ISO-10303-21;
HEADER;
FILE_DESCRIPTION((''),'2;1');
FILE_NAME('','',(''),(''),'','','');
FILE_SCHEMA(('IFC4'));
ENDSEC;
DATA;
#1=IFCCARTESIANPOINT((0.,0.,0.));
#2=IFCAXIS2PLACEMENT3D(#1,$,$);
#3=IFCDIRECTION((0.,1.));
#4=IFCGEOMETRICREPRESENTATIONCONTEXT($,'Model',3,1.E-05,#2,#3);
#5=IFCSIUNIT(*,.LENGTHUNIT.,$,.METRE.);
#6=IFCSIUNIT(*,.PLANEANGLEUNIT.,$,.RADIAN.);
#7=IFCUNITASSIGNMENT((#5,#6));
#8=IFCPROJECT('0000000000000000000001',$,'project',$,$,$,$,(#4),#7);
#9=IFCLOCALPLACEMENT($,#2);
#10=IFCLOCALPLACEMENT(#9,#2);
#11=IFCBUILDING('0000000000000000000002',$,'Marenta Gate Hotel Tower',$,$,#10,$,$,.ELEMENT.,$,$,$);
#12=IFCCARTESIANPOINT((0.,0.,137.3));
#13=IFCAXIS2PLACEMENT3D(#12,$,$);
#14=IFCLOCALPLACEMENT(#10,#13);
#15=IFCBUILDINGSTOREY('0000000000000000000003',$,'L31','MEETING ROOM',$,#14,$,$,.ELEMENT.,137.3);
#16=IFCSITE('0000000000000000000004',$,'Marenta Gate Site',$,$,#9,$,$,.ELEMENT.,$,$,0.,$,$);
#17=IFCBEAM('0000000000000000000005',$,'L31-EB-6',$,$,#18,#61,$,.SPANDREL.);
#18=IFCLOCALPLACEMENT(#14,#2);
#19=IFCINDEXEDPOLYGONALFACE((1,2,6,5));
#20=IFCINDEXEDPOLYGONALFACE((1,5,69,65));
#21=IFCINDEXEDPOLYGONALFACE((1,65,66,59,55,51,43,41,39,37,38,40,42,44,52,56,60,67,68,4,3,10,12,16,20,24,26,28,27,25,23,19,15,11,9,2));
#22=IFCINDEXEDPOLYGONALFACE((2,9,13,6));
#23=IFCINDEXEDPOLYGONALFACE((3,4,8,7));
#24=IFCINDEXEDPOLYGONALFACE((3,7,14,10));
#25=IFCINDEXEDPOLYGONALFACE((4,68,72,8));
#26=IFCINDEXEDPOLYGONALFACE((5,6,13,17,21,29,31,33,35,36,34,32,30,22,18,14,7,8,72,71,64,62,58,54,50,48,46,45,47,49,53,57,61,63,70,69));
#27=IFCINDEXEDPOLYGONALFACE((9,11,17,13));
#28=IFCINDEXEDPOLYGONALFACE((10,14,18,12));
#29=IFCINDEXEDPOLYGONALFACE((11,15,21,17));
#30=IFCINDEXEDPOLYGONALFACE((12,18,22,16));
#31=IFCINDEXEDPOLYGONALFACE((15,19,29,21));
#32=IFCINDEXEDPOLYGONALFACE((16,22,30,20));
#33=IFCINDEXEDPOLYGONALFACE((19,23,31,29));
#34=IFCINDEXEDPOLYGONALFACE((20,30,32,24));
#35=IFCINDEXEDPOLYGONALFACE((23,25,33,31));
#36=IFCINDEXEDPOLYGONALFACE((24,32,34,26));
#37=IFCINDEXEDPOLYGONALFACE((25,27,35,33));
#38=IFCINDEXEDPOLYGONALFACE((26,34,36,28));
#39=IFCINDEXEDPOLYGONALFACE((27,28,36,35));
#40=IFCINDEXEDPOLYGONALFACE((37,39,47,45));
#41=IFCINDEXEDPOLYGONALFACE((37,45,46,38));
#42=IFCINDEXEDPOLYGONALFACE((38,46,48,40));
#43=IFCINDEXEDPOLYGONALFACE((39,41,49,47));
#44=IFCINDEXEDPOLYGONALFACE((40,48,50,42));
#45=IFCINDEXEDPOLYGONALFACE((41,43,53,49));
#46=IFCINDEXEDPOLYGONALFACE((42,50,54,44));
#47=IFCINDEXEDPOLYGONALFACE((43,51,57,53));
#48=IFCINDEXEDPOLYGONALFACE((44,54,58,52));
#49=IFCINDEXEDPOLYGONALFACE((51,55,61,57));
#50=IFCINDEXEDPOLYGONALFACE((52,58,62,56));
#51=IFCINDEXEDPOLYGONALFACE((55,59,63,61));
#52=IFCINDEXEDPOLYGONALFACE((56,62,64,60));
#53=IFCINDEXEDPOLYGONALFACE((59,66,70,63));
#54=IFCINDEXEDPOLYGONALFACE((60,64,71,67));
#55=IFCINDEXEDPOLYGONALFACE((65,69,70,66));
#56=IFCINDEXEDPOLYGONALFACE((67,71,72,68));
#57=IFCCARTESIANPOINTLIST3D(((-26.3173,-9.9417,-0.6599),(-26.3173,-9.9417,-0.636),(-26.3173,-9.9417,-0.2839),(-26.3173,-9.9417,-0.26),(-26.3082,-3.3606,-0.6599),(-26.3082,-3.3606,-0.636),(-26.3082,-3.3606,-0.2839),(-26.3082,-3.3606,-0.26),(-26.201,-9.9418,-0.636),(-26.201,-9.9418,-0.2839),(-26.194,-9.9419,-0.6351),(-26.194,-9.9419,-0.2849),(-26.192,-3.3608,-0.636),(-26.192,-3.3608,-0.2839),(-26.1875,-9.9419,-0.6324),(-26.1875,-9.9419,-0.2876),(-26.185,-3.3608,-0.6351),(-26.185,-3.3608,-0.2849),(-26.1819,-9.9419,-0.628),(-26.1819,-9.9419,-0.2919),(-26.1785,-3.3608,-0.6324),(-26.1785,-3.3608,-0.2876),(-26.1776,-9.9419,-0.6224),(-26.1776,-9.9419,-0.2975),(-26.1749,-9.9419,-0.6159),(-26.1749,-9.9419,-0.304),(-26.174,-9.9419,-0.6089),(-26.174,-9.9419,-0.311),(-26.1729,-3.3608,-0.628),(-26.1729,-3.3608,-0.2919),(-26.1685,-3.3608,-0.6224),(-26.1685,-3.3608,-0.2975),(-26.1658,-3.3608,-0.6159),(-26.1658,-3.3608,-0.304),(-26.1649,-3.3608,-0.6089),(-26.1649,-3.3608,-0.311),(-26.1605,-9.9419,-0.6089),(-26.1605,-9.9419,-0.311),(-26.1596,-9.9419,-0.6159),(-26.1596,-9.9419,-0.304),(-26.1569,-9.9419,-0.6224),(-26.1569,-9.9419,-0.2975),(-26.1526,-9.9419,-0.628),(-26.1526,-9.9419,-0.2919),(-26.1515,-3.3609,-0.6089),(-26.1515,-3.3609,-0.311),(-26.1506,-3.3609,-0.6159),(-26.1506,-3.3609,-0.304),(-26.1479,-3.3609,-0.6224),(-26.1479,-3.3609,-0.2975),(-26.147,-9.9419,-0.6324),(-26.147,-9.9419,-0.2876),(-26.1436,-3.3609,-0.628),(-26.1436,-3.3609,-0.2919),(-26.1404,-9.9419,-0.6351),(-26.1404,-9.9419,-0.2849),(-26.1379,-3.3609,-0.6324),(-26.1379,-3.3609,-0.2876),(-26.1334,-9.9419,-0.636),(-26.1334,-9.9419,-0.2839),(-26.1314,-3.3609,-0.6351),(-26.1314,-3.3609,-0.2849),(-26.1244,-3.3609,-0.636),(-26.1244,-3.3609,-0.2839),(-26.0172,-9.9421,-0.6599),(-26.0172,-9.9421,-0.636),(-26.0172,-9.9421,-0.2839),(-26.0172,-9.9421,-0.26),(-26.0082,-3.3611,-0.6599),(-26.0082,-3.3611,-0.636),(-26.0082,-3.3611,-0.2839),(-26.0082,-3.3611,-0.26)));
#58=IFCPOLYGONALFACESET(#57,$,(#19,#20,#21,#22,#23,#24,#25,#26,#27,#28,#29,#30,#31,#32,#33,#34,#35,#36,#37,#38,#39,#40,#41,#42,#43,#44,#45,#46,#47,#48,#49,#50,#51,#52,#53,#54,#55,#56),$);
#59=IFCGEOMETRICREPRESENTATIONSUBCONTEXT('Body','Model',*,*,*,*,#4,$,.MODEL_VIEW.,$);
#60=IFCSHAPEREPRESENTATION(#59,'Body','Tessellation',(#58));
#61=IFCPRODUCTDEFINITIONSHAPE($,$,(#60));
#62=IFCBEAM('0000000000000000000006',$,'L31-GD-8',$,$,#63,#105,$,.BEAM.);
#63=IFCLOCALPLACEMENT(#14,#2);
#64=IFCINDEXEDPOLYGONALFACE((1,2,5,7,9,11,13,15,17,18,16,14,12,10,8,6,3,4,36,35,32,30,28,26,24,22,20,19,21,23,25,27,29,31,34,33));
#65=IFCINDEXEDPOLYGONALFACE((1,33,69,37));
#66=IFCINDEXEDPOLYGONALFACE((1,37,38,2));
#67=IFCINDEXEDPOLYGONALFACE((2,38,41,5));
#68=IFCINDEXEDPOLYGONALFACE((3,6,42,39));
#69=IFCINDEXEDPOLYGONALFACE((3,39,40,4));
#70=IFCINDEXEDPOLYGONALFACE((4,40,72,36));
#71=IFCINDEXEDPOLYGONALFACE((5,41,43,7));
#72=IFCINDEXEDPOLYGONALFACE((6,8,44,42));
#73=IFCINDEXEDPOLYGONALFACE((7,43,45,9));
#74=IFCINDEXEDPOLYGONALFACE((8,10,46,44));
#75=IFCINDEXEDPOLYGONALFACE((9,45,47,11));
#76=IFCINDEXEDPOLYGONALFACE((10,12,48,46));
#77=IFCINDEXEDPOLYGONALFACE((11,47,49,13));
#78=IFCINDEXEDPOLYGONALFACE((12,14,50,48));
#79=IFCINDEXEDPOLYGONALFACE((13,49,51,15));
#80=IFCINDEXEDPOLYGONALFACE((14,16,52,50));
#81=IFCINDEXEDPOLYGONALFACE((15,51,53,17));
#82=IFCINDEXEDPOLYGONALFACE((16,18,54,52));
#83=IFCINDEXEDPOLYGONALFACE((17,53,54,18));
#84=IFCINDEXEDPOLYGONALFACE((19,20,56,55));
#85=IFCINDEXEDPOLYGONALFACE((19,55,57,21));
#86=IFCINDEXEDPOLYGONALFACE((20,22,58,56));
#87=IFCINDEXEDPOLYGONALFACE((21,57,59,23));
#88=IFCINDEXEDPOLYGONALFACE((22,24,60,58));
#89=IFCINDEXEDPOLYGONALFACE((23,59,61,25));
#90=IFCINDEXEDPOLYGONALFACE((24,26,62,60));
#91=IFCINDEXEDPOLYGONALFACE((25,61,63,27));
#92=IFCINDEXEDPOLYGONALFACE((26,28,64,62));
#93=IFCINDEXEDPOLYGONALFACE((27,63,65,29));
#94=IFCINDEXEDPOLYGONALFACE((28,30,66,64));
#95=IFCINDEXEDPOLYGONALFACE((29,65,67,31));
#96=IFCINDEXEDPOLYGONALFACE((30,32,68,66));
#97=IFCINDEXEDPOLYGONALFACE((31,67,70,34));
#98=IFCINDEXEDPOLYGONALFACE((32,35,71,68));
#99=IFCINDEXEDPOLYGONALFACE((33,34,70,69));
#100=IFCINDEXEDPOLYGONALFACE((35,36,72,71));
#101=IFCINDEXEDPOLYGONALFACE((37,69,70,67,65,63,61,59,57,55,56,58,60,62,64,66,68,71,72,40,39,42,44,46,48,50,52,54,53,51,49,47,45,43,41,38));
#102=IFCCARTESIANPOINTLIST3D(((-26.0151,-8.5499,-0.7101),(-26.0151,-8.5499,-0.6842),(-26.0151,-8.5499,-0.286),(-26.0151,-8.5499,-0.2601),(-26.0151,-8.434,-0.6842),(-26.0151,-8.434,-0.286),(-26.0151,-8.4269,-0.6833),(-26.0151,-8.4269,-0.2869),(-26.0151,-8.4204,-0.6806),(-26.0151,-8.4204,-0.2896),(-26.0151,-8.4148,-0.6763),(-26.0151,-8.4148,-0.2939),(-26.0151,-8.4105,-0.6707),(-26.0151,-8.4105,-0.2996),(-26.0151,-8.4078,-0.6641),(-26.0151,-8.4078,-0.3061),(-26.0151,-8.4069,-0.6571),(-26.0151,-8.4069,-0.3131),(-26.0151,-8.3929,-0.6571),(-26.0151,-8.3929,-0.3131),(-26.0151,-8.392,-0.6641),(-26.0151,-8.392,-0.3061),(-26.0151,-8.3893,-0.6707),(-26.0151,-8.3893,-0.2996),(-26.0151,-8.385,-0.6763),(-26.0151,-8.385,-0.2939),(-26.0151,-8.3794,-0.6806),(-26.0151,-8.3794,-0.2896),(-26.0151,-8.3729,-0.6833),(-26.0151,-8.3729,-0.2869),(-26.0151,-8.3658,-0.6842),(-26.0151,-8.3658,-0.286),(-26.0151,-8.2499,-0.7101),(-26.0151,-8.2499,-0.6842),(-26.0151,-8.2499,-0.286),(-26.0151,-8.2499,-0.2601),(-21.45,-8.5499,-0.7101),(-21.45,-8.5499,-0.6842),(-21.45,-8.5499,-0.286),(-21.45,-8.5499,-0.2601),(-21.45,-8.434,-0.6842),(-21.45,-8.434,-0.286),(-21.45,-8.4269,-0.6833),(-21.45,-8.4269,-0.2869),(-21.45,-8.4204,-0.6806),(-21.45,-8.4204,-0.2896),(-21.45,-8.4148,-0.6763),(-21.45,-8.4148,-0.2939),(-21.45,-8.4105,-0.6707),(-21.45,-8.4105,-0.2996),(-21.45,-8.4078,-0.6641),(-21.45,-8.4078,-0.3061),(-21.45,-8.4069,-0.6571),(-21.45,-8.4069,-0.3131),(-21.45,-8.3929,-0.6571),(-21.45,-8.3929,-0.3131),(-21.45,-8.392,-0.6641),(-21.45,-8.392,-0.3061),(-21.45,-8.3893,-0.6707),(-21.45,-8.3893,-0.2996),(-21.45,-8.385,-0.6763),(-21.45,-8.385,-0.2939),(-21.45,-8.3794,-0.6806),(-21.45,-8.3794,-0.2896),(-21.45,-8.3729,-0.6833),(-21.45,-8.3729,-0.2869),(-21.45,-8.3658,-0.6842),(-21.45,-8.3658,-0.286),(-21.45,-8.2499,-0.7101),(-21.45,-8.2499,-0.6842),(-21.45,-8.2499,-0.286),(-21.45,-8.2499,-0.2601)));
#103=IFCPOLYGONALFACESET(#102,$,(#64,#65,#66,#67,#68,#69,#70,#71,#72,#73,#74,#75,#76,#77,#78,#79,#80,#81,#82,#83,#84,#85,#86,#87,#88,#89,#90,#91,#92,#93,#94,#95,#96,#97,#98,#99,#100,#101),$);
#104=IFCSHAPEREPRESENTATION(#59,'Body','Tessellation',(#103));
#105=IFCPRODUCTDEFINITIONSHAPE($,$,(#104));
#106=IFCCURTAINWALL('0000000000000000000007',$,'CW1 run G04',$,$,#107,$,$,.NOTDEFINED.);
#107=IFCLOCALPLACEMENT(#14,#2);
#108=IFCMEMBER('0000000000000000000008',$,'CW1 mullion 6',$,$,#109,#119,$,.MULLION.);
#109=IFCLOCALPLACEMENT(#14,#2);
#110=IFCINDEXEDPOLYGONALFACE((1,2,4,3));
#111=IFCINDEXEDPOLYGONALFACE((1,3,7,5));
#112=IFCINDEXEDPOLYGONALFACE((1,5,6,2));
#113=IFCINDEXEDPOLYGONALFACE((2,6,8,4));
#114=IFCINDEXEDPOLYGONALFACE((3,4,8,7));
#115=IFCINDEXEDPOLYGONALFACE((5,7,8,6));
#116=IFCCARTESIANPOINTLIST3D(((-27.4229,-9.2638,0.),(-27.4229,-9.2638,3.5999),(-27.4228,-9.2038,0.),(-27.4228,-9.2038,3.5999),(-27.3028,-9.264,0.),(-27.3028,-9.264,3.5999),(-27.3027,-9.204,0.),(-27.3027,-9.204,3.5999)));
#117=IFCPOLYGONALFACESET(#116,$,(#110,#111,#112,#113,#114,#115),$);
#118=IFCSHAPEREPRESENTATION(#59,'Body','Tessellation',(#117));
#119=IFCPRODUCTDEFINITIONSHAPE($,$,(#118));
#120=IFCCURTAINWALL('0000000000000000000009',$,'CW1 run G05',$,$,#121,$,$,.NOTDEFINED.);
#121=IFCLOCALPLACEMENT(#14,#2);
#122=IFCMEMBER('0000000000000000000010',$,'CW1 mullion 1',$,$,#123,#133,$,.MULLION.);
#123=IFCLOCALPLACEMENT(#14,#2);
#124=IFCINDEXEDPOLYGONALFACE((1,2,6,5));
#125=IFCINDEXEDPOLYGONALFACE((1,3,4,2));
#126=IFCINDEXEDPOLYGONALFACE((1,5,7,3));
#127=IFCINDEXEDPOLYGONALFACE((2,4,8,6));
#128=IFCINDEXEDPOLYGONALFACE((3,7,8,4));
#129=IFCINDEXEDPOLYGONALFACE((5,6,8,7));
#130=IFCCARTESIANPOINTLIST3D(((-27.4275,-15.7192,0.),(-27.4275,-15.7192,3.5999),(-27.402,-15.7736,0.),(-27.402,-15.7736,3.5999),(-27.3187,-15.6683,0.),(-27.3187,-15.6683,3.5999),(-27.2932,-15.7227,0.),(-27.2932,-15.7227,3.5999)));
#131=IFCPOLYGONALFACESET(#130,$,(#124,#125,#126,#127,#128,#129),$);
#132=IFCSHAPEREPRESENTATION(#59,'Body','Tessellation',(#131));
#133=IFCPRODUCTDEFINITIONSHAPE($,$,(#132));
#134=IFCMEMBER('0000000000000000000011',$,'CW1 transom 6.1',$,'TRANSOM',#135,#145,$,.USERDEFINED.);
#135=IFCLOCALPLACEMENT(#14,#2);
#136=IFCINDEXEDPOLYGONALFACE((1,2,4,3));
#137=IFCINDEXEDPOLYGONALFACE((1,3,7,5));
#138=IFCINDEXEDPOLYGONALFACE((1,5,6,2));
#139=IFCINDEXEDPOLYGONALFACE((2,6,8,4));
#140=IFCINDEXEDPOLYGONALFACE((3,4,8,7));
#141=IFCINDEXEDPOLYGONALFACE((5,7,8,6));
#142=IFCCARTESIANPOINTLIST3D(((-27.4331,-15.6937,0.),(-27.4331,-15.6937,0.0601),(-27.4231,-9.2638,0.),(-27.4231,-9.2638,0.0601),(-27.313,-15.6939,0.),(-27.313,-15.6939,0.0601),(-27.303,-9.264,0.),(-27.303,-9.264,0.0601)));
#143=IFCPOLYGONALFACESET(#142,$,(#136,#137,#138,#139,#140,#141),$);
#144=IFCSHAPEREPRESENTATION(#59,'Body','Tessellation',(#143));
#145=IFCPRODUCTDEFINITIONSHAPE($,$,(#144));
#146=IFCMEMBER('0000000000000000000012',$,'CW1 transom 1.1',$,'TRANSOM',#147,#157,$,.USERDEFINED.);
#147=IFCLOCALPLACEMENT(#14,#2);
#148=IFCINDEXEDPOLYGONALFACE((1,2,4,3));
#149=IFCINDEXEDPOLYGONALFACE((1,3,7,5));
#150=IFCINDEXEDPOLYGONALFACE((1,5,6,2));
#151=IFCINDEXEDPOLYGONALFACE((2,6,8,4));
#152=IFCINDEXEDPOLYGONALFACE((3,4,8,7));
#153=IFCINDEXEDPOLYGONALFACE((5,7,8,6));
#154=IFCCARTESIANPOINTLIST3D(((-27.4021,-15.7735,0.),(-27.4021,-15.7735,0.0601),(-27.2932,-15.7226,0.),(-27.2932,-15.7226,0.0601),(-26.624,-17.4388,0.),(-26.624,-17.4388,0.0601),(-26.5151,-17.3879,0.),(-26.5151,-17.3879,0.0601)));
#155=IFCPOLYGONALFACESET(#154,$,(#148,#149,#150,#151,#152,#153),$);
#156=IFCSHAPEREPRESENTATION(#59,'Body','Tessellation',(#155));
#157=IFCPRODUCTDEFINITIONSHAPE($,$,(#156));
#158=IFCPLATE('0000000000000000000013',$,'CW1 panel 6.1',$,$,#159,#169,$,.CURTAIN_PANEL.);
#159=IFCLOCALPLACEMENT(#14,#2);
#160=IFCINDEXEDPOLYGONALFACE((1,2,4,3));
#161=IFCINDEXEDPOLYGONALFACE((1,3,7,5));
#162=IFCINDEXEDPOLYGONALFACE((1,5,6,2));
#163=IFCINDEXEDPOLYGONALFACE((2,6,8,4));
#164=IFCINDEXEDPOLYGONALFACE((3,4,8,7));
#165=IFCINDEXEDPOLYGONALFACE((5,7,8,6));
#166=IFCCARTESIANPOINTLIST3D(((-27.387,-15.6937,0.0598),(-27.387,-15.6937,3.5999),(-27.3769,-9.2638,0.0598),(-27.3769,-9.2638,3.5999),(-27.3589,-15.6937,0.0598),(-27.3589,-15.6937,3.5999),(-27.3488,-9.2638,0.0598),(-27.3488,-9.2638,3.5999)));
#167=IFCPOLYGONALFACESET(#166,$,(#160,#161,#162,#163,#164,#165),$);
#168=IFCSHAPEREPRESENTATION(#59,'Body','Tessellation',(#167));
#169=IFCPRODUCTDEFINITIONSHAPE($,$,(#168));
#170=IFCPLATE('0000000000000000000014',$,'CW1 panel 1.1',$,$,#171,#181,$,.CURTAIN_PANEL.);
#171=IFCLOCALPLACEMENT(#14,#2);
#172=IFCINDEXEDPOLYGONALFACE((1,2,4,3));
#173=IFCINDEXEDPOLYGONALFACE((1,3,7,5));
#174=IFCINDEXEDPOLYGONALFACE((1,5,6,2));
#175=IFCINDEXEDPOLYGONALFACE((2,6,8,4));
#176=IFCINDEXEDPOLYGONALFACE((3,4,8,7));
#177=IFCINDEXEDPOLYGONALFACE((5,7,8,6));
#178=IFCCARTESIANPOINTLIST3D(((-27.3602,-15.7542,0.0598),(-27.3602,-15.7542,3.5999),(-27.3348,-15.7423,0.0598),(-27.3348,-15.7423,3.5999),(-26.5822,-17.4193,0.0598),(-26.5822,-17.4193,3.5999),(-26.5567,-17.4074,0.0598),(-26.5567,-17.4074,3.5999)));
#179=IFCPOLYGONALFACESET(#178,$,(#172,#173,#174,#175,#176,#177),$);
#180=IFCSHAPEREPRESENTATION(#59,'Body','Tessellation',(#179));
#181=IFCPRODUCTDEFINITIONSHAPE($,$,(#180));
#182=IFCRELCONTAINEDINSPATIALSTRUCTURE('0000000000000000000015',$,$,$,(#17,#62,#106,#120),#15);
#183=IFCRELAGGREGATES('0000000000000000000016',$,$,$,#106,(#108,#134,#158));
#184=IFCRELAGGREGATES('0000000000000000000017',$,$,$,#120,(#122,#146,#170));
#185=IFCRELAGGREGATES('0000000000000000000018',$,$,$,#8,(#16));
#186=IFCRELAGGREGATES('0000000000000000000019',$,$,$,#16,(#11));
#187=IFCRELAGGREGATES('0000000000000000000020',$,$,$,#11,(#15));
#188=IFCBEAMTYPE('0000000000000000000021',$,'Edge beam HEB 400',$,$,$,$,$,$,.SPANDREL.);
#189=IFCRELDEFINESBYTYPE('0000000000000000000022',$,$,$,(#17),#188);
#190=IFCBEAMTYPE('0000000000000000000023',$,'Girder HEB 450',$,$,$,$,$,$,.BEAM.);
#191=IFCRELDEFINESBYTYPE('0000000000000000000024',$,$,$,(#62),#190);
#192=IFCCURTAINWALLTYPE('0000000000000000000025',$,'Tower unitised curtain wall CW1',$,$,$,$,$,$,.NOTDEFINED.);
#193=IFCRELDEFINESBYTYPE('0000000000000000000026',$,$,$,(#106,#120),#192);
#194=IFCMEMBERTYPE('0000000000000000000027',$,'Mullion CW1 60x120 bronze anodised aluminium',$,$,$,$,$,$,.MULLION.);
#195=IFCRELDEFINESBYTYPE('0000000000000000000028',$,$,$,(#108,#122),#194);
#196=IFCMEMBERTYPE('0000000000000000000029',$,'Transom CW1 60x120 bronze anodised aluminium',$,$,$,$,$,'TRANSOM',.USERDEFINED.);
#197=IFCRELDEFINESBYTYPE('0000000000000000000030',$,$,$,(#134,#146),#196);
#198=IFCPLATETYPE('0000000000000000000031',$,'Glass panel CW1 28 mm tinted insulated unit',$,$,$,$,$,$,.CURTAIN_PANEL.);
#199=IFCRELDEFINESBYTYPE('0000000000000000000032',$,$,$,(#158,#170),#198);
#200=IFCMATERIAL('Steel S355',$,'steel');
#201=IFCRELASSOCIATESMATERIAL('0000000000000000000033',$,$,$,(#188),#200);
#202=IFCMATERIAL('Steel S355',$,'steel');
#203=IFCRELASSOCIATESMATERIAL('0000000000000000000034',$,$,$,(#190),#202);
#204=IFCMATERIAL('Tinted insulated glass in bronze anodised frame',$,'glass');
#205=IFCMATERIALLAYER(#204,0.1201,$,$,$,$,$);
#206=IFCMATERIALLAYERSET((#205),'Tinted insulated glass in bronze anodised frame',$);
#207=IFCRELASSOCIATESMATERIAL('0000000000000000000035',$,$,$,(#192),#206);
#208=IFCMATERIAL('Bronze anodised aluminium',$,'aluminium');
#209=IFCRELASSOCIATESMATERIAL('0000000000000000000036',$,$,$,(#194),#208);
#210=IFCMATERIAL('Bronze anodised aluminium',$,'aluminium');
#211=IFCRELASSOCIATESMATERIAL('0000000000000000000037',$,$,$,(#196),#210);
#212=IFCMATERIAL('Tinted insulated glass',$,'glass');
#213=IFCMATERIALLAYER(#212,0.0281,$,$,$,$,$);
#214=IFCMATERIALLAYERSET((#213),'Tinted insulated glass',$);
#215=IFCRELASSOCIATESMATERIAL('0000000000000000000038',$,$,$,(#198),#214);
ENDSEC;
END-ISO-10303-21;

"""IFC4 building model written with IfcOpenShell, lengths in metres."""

from ifc_helpers import new_model, si_unit, direction, frame, origin, origin_2d, place, context, subcontext, project, spatial, rectangle, i_section, extrude, material, layer, layer_set, material_profile, profile_set, type_object, element, aggregate, save


model = new_model("IFC4")

# Units and contexts
model_context = context("Model", 3, precision=1e-05, world=origin(), true_north=direction((0.0, 1.0)))
body_context = subcontext(model_context, "Body", "Model", "MODEL_VIEW")
ifc_project = project(units=[si_unit("LENGTHUNIT", "METRE"), si_unit("PLANEANGLEUNIT", "RADIAN")], contexts=[model_context])

# Site, building, storey
site_placement = place(None, origin())
site = spatial("IfcSite", under=ifc_project, at=site_placement, Name="Marenta Gate Site", CompositionType="ELEMENT", RefElevation=0.0)
building_placement = place(site_placement, origin())
building = spatial("IfcBuilding", under=site, at=building_placement, Name="Marenta Gate Hotel Tower", CompositionType="ELEMENT")
storey_placement = place(building_placement, frame((0.0, 0.0, 137.3)))
storey = spatial("IfcBuildingStorey", under=building, at=storey_placement, Name="L31", Description="MEETING ROOM", CompositionType="ELEMENT", Elevation=137.3)

# Beams
ifc_material_1 = material(Name="Steel S355", Category="steel")
ifc_material_profile_1 = material_profile(ifc_material_1, i_section(OverallWidth=0.3, OverallDepth=0.3999, WebThickness=0.0134, FlangeThickness=0.0239, FilletRadius=0.0271, at=origin_2d()), Name="HEB 400")
ifc_profile_set_1 = profile_set([ifc_material_profile_1], Name="Steel S355")
beam_type_1 = type_object("IfcBeamType", Name="Edge beam HEB 400", PredefinedType="SPANDREL", material=ifc_profile_set_1)
beam_1_placement = place(storey_placement, frame((-26.1672, -9.9419, -0.46), z_axis=(0.001373, 0.999999, 0.0), x_axis=(-0.999999, 0.001373, 0.0)))
element("IfcBeam", 1, at=beam_1_placement, inside=storey, type_object=beam_type_1, Name="L31-EB-6", PredefinedType="SPANDREL", context=body_context, shape_type="SweptSolid", body=[
    extrude(i_section(OverallWidth=0.3, OverallDepth=0.3999, WebThickness=0.0134, FlangeThickness=0.0239, FilletRadius=0.0271, at=origin_2d()), origin(), (0.0, 0.0, 1.0), 6.5811),
])
ifc_material_2 = material(Name="Steel S355", Category="steel")
ifc_material_profile_2 = material_profile(ifc_material_2, i_section(OverallWidth=0.3, OverallDepth=0.45, WebThickness=0.0139, FlangeThickness=0.0259, FilletRadius=0.0271, at=origin_2d()), Name="HEB 450")
ifc_profile_set_2 = profile_set([ifc_material_profile_2], Name="Steel S355")
beam_type_2 = type_object("IfcBeamType", Name="Girder HEB 450", PredefinedType="BEAM", material=ifc_profile_set_2)
beam_2_placement = place(storey_placement, frame((-26.0151, -8.3999, -0.4851), z_axis=(1.0, 0.0, 0.0), x_axis=(0.0, 1.0, 0.0)))
element("IfcBeam", 2, at=beam_2_placement, inside=storey, type_object=beam_type_2, Name="L31-GD-8", PredefinedType="BEAM", context=body_context, shape_type="SweptSolid", body=[
    extrude(i_section(OverallWidth=0.3, OverallDepth=0.45, WebThickness=0.0139, FlangeThickness=0.0259, FilletRadius=0.0271, at=origin_2d()), origin(), (0.0, 0.0, 1.0), 4.5652),
])

# Curtain walls, members
ifc_material_3 = material(Name="Tinted insulated glass in bronze anodised frame", Category="glass")
ifc_layer_1 = layer(ifc_material_3, 0.1201)
ifc_layer_set_1 = layer_set([ifc_layer_1], Name="Tinted insulated glass in bronze anodised frame")
curtain_wall_type = type_object("IfcCurtainWallType", Name="Tower unitised curtain wall CW1", PredefinedType="NOTDEFINED", material=ifc_layer_set_1)
curtain_wall_1_placement = place(storey_placement, origin())
curtain_wall_1 = element("IfcCurtainWall", 3, at=curtain_wall_1_placement, inside=storey, type_object=curtain_wall_type, Name="CW1 run G04", PredefinedType="NOTDEFINED")
ifc_material_4 = material(Name="Bronze anodised aluminium", Category="aluminium")
ifc_material_profile_3 = material_profile(ifc_material_4, rectangle(XDim=0.1201, YDim=0.0601, at=origin_2d()), Name="Mullion CW1 60x120 bronze anodised aluminium")
ifc_profile_set_3 = profile_set([ifc_material_profile_3], Name="Bronze anodised aluminium")
member_type_1 = type_object("IfcMemberType", Name="Mullion CW1 60x120 bronze anodised aluminium", PredefinedType="MULLION", material=ifc_profile_set_3)
member_1_placement = place(storey_placement, frame((-27.3628, -9.2339, 0.0), z_axis=(0.0, 0.0, 1.0), x_axis=(0.999999, -0.001566, 0.0)))
member_1 = element("IfcMember", 4, at=member_1_placement, type_object=member_type_1, Name="CW1 mullion 6", PredefinedType="MULLION", context=body_context, shape_type="SweptSolid", body=[
    extrude(rectangle(XDim=0.1201, YDim=0.0601, at=origin_2d()), origin(), (0.0, 0.0, 1.0), 3.5999),
])
curtain_wall_2_placement = place(storey_placement, origin())
curtain_wall_2 = element("IfcCurtainWall", 5, at=curtain_wall_2_placement, inside=storey, type_object=curtain_wall_type, Name="CW1 run G05", PredefinedType="NOTDEFINED")
member_2_placement = place(storey_placement, frame((-27.3604, -15.7209, 0.0), z_axis=(0.0, 0.0, 1.0), x_axis=(0.905968, 0.423347, 0.0)))
member_2 = element("IfcMember", 6, at=member_2_placement, type_object=member_type_1, Name="CW1 mullion 1", PredefinedType="MULLION", context=body_context, shape_type="SweptSolid", body=[
    extrude(rectangle(XDim=0.1201, YDim=0.0601, at=origin_2d()), origin(), (0.0, 0.0, 1.0), 3.5999),
])

# Members
ifc_material_5 = material(Name="Bronze anodised aluminium", Category="aluminium")
ifc_material_profile_4 = material_profile(ifc_material_5, rectangle(XDim=0.1201, YDim=0.0601, at=origin_2d()), Name="Transom CW1 60x120 bronze anodised aluminium")
ifc_profile_set_4 = profile_set([ifc_material_profile_4], Name="Bronze anodised aluminium")
member_type_2 = type_object("IfcMemberType", Name="Transom CW1 60x120 bronze anodised aluminium", ElementType="TRANSOM", PredefinedType="USERDEFINED", material=ifc_profile_set_4)
member_3_placement = place(storey_placement, frame((-27.363, -9.2639, 0.03), z_axis=(-0.001557, -0.999999, 0.0), x_axis=(0.999999, -0.001557, 0.0)))
member_3 = element("IfcMember", 7, at=member_3_placement, type_object=member_type_2, Name="CW1 transom 6.1", ObjectType="TRANSOM", PredefinedType="USERDEFINED", context=body_context, shape_type="SweptSolid", body=[
    extrude(rectangle(XDim=0.1201, YDim=0.0601, at=origin_2d()), origin(), (0.0, 0.0, 1.0), 6.4299),
])
member_4_placement = place(storey_placement, frame((-27.3477, -15.748, 0.03), z_axis=(0.423307, -0.905986, 0.0), x_axis=(0.905986, 0.423307, 0.0)))
member_4 = element("IfcMember", 8, at=member_4_placement, type_object=member_type_2, Name="CW1 transom 1.1", ObjectType="TRANSOM", PredefinedType="USERDEFINED", context=body_context, shape_type="SweptSolid", body=[
    extrude(rectangle(XDim=0.1201, YDim=0.0601, at=origin_2d()), origin(), (0.0, 0.0, 1.0), 1.8381),
])

# Plates
ifc_material_6 = material(Name="Tinted insulated glass", Category="glass")
ifc_layer_2 = layer(ifc_material_6, 0.0281)
ifc_layer_set_2 = layer_set([ifc_layer_2], Name="Tinted insulated glass")
plate_type = type_object("IfcPlateType", Name="Glass panel CW1 28 mm tinted insulated unit", PredefinedType="CURTAIN_PANEL", material=ifc_layer_set_2)
plate_1_placement = place(storey_placement, frame((-27.3679, -12.4788, 0.0598), z_axis=(0.0, 0.0, 1.0), x_axis=(-0.001566, -0.999999, 0.0)))
plate_1 = element("IfcPlate", 9, at=plate_1_placement, type_object=plate_type, Name="CW1 panel 6.1", PredefinedType="CURTAIN_PANEL", context=body_context, shape_type="SweptSolid", body=[
    extrude(rectangle(XDim=6.4299, YDim=0.0281, at=origin_2d()), origin(), (0.0, 0.0, 1.0), 3.54),
])
aggregate(curtain_wall_1, [member_1, member_3, plate_1])
plate_2_placement = place(storey_placement, frame((-26.9585, -16.5808, 0.0598), z_axis=(0.0, 0.0, 1.0), x_axis=(0.423347, -0.905968, 0.0)))
plate_2 = element("IfcPlate", 10, at=plate_2_placement, type_object=plate_type, Name="CW1 panel 1.1", PredefinedType="CURTAIN_PANEL", context=body_context, shape_type="SweptSolid", body=[
    extrude(rectangle(XDim=1.8379, YDim=0.0281, at=origin_2d()), origin(), (0.0, 0.0, 1.0), 3.54),
])
aggregate(curtain_wall_2, [member_2, member_4, plate_2])

save(model, "model.ifc")
